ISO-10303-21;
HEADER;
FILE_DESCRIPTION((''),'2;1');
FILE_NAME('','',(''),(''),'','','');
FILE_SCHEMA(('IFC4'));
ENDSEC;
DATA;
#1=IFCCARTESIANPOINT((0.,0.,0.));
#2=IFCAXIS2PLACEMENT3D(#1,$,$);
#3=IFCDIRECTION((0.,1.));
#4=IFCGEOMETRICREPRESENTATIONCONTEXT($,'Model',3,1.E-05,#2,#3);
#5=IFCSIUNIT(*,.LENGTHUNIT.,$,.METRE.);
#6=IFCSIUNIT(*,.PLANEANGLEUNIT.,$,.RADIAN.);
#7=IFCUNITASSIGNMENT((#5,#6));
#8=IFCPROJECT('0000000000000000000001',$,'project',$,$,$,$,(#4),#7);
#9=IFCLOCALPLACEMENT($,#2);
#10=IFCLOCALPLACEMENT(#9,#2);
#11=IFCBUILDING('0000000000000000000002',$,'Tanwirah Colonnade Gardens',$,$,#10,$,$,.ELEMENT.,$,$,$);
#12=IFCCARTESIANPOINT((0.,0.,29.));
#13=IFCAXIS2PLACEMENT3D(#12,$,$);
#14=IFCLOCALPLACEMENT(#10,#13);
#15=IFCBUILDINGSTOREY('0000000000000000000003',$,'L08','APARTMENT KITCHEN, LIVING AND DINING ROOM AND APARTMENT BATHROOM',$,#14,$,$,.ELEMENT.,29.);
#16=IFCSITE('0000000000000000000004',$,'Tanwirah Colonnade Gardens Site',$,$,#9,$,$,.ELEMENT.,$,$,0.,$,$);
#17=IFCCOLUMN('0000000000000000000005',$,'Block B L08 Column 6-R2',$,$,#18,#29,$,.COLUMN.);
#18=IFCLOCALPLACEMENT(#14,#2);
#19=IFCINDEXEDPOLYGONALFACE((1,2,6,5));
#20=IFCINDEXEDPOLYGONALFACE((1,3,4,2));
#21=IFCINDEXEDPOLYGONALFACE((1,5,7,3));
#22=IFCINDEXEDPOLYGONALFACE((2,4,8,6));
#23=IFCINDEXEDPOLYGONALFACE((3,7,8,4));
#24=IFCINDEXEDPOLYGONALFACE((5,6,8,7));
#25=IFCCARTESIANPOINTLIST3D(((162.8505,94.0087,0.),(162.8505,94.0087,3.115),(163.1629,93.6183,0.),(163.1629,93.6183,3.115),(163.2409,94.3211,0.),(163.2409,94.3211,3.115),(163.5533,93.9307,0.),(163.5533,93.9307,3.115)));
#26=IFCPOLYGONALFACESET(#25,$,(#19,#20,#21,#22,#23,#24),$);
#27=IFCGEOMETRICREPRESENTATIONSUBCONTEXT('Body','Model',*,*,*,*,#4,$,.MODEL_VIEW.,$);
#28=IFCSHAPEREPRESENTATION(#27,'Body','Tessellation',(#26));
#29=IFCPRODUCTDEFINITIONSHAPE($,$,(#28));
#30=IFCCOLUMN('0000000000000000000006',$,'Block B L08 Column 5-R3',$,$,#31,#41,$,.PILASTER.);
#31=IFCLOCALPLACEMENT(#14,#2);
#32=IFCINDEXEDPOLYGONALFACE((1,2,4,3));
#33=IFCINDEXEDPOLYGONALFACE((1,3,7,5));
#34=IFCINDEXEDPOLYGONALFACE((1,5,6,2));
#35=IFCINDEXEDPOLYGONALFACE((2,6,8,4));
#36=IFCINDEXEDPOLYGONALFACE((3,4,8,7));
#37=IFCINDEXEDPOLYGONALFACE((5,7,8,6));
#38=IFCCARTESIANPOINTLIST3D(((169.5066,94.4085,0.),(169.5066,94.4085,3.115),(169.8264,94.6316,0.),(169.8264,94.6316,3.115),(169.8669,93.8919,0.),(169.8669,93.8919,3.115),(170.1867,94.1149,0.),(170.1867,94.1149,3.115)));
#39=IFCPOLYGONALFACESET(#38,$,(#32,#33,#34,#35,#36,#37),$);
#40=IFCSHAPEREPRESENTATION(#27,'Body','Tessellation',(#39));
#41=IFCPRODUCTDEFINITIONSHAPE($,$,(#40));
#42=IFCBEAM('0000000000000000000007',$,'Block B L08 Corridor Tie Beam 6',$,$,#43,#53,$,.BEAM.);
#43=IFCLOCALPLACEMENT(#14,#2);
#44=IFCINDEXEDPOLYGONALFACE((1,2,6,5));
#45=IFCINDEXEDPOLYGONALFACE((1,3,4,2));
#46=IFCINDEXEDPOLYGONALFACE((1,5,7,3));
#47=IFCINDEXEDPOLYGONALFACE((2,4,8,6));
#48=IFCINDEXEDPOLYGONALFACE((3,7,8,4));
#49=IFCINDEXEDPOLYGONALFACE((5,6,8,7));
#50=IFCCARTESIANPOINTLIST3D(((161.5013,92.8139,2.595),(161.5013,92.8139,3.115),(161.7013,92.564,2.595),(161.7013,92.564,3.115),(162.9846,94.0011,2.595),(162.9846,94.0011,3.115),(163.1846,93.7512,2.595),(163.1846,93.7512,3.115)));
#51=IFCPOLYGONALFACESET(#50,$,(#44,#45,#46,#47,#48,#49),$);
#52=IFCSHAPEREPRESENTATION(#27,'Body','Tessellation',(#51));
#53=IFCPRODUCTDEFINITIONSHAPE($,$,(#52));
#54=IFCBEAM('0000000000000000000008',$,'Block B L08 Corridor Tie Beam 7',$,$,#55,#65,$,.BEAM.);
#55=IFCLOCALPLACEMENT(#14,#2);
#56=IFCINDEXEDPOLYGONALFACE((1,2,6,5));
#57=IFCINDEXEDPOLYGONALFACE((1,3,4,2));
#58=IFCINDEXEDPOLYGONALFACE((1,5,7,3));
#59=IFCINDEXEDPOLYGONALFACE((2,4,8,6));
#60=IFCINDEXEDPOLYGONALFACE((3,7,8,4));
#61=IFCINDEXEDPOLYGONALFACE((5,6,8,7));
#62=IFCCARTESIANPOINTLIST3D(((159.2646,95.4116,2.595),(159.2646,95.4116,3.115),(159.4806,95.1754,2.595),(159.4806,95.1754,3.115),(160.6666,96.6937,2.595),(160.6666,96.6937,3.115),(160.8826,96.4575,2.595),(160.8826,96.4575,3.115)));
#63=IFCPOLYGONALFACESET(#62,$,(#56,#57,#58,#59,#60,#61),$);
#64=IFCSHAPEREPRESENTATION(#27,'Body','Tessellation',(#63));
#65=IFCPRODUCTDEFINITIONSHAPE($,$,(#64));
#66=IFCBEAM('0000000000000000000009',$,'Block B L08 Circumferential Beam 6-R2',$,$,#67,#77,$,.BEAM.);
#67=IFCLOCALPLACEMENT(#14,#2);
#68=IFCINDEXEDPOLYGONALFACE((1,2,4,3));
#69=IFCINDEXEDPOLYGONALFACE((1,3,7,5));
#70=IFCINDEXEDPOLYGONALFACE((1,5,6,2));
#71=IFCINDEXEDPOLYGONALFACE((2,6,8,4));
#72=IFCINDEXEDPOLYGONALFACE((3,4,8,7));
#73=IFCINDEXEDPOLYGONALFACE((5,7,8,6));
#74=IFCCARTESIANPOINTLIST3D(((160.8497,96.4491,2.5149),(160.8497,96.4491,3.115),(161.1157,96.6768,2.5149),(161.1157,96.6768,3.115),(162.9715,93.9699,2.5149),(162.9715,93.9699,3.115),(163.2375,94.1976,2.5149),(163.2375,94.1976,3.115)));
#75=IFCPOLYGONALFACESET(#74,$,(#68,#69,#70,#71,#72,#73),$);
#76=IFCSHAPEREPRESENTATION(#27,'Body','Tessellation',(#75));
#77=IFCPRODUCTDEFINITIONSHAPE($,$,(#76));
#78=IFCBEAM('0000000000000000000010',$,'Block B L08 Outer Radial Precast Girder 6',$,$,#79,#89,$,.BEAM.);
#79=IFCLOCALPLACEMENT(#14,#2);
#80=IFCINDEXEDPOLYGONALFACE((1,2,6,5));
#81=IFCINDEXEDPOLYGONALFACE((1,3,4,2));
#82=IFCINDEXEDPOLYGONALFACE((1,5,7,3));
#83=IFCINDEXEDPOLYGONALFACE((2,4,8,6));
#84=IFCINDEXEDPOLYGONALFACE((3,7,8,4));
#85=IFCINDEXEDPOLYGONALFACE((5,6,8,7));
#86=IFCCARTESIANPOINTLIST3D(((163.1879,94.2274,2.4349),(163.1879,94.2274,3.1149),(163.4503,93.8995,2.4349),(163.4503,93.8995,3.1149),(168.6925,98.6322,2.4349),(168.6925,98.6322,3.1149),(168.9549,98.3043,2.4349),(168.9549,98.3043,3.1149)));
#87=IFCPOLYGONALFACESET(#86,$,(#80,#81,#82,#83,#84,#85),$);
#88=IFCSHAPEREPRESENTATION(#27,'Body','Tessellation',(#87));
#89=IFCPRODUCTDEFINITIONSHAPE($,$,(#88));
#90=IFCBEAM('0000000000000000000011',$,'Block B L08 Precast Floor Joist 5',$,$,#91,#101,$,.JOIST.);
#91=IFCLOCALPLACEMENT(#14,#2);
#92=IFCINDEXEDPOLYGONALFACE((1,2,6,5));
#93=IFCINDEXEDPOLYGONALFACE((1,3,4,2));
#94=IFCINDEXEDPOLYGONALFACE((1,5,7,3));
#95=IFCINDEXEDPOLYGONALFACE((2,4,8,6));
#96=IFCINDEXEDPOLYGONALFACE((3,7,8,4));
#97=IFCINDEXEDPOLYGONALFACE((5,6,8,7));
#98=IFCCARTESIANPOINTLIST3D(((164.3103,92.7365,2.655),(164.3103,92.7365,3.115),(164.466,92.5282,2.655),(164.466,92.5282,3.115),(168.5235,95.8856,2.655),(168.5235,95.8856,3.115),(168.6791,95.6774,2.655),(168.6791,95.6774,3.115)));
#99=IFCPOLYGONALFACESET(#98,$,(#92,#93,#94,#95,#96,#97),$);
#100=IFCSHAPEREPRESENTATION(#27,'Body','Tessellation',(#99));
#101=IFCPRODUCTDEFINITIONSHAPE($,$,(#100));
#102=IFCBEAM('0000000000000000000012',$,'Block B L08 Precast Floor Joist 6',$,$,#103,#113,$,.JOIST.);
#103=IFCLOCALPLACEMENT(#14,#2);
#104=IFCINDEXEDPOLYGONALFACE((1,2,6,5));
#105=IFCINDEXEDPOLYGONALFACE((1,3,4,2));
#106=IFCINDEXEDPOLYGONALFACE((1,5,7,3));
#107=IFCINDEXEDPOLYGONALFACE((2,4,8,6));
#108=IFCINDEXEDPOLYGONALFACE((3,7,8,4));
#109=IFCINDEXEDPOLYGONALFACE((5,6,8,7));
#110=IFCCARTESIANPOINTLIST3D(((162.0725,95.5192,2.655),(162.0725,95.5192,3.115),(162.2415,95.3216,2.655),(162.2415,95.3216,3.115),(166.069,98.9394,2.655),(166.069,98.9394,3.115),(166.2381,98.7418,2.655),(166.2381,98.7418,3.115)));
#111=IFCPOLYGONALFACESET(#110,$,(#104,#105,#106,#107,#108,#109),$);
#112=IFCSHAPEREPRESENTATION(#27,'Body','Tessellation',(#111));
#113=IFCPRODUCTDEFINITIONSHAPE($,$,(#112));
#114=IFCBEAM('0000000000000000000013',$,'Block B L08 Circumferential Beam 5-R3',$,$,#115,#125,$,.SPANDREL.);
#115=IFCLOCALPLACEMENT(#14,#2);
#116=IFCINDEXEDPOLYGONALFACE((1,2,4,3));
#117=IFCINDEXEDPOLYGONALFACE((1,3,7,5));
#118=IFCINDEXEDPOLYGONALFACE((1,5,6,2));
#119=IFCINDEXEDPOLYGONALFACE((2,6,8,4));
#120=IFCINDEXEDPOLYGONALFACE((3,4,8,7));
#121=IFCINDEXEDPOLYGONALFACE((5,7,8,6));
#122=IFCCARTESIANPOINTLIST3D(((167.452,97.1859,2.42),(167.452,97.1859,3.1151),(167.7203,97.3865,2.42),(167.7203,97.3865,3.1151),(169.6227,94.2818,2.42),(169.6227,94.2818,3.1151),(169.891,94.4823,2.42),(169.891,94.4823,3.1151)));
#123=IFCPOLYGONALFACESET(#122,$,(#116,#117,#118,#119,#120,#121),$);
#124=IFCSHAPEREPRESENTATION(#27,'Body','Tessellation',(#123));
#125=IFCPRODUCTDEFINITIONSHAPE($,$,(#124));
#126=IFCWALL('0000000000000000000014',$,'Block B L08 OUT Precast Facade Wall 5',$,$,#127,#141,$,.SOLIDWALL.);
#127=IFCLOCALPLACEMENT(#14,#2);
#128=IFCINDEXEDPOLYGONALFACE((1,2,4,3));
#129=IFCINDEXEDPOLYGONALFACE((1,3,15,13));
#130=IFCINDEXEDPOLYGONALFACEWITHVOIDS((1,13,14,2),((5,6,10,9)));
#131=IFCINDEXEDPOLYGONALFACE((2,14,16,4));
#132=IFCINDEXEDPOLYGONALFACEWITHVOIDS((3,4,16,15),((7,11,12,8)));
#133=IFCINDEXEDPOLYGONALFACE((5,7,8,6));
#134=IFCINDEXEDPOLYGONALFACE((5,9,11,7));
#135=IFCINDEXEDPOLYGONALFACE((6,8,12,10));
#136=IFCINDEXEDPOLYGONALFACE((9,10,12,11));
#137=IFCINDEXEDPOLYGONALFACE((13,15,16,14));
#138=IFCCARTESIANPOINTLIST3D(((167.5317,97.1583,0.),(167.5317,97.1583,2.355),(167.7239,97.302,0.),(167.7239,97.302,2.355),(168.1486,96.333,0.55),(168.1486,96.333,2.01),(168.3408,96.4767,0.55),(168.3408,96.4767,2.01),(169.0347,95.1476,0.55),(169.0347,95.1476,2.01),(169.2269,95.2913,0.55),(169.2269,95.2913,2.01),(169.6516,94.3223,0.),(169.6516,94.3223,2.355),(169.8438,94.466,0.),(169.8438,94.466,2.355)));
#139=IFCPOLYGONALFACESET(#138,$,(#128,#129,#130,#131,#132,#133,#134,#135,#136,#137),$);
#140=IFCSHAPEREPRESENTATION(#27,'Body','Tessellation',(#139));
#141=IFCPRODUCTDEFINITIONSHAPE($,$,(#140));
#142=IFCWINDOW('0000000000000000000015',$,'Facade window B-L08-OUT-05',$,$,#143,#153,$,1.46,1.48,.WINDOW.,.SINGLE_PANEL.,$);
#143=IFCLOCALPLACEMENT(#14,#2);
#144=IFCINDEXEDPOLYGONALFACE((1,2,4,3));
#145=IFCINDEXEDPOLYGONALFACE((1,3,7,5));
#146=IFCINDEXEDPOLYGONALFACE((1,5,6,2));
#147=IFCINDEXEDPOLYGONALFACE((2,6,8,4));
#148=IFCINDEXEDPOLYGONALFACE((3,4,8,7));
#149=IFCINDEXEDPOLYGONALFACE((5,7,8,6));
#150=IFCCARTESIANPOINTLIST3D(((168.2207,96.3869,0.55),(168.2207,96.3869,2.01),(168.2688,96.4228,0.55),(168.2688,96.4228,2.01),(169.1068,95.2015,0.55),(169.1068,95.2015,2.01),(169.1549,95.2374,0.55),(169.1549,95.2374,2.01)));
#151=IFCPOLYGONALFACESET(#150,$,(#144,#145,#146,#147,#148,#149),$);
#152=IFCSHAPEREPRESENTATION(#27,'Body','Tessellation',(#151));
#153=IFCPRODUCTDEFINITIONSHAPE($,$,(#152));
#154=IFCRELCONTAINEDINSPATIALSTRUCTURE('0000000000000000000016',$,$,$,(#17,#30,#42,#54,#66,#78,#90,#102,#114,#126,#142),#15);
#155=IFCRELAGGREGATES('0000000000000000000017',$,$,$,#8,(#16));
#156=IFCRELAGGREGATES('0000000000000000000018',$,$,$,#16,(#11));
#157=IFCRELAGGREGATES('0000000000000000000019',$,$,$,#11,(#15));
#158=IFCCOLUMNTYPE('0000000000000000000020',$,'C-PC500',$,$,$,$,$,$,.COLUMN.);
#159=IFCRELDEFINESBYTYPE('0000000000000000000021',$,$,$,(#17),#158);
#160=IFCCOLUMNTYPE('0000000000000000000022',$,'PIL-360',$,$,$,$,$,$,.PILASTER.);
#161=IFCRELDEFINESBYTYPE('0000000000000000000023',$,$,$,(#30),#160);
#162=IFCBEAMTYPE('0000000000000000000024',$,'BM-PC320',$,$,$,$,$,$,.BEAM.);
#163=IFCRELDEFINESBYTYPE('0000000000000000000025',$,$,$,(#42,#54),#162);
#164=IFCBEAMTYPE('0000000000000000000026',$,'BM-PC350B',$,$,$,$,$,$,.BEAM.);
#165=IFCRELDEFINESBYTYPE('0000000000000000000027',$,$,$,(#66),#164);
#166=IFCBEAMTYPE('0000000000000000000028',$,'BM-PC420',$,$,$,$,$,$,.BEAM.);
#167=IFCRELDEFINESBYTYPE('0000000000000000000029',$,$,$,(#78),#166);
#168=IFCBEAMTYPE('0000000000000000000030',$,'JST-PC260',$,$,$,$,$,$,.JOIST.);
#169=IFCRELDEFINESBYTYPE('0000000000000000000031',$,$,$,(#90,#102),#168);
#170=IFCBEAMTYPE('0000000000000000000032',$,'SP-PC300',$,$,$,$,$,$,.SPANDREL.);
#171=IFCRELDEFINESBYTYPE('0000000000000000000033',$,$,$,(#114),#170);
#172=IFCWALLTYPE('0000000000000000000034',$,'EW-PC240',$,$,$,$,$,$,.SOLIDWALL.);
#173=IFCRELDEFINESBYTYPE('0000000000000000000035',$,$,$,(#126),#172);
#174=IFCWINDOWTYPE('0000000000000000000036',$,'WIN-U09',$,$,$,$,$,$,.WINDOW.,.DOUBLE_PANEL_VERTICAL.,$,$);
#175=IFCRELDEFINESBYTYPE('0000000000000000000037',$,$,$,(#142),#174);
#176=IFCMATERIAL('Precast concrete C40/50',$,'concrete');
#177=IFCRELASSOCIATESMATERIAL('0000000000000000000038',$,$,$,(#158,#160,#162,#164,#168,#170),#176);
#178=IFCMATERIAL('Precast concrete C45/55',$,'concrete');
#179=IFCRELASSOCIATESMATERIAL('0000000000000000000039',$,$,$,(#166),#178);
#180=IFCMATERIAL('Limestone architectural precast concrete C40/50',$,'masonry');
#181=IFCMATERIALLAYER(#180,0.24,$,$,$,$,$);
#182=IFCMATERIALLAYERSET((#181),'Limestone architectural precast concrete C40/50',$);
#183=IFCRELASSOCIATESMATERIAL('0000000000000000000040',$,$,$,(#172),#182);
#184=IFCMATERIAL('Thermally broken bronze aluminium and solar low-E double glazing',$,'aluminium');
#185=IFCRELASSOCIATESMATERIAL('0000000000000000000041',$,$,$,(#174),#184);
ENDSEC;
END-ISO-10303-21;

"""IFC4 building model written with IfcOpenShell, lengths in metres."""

from ifc_helpers import new_model, si_unit, direction, frame, frame_2d, origin, origin_2d, place, context, subcontext, project, spatial, rectangle, extrude, material, layer, layer_set, material_profile, profile_set, type_object, element, fill, save


model = new_model("IFC4")

# Units and contexts
model_context = context("Model", 3, precision=1e-05, world=origin(), true_north=direction((0.0, 1.0)))
body_context = subcontext(model_context, "Body", "Model", "MODEL_VIEW")
ifc_project = project(units=[si_unit("LENGTHUNIT", "METRE"), si_unit("PLANEANGLEUNIT", "RADIAN")], contexts=[model_context])

# Site, building, storey
site_placement = place(None, origin())
site = spatial("IfcSite", under=ifc_project, at=site_placement, Name="Tanwirah Colonnade Gardens Site", CompositionType="ELEMENT", RefElevation=0.0)
building_placement = place(site_placement, origin())
building = spatial("IfcBuilding", under=site, at=building_placement, Name="Tanwirah Colonnade Gardens", CompositionType="ELEMENT")
storey_placement = place(building_placement, frame((0.0, 0.0, 29.0)))
storey = spatial("IfcBuildingStorey", under=building, at=storey_placement, Name="L08", Description="APARTMENT KITCHEN, LIVING AND DINING ROOM AND APARTMENT BATHROOM", CompositionType="ELEMENT", Elevation=29.0)

# Columns
ifc_material_1 = material(Name="Precast concrete C40/50", Category="concrete")
ifc_material_profile_1 = material_profile(ifc_material_1, rectangle(XDim=0.5, YDim=0.5, at=origin_2d()), Name="PC-COL 500x500")
ifc_profile_set_1 = profile_set([ifc_material_profile_1], Name="Precast concrete C40/50")
column_type_1 = type_object("IfcColumnType", Name="C-PC500", PredefinedType="COLUMN", material=ifc_profile_set_1)
column_1_placement = place(storey_placement, frame((163.2019, 93.9697, 0.0), z_axis=(0.0, 0.0, 1.0), x_axis=(0.780794, 0.624789, 0.0)))
element("IfcColumn", 1, at=column_1_placement, inside=storey, type_object=column_type_1, Name="Block B L08 Column 6-R2", PredefinedType="COLUMN", context=body_context, shape_type="SweptSolid", body=[
    extrude(rectangle(XDim=0.5, YDim=0.5, at=origin_2d()), origin(), (0.0, 0.0, 1.0), 3.115),
])
ifc_material_profile_2 = material_profile(ifc_material_1, rectangle(XDim=0.3899, YDim=0.6299, at=origin_2d()), Name="PC-PIL 390x630")
ifc_profile_set_2 = profile_set([ifc_material_profile_2], Name="Precast concrete C40/50")
column_type_2 = type_object("IfcColumnType", Name="PIL-360", PredefinedType="PILASTER", material=ifc_profile_set_2)
column_2_placement = place(storey_placement, frame((169.8467, 94.2617, 0.0), z_axis=(0.0, 0.0, 1.0), x_axis=(0.820263, 0.571987, 0.0)))
element("IfcColumn", 2, at=column_2_placement, inside=storey, type_object=column_type_2, Name="Block B L08 Column 5-R3", PredefinedType="PILASTER", context=body_context, shape_type="SweptSolid", body=[
    extrude(rectangle(XDim=0.3899, YDim=0.6299, at=origin_2d()), origin(), (0.0, 0.0, 1.0), 3.115),
])

# Beams
ifc_material_profile_3 = material_profile(ifc_material_1, rectangle(XDim=0.3201, YDim=0.52, at=origin_2d()), Name="PC-BM 320x520")
ifc_profile_set_3 = profile_set([ifc_material_profile_3], Name="Precast concrete C40/50")
beam_type_1 = type_object("IfcBeamType", Name="BM-PC320", PredefinedType="BEAM", material=ifc_profile_set_3)
for number, where, z_axis, x_axis, name in (
    (3, (161.6013, 92.689, 2.855), (0.780731, 0.624867, 0.0), (-0.624867, 0.780731, 0.0), "Block B L08 Corridor Tie Beam 6"),
    (4, (159.3726, 95.2935, 2.855), (0.737948, 0.674857, 0.0), (-0.674857, 0.737948, 0.0), "Block B L08 Corridor Tie Beam 7"),
):
    element("IfcBeam", number, at=place(storey_placement, frame(where, z_axis=z_axis, x_axis=x_axis)), inside=storey, type_object=beam_type_1, Name=name, PredefinedType="BEAM", context=body_context, shape_type="SweptSolid", body=[
        extrude(rectangle(XDim=0.3201, YDim=0.52, at=origin_2d()), origin(), (0.0, 0.0, 1.0), 1.8999),
    ])
ifc_material_profile_4 = material_profile(ifc_material_1, rectangle(XDim=0.3501, YDim=0.6001, at=origin_2d()), Name="PC-BM 350x600")
ifc_profile_set_4 = profile_set([ifc_material_profile_4], Name="Precast concrete C40/50")
beam_type_2 = type_object("IfcBeamType", Name="BM-PC350B", PredefinedType="BEAM", material=ifc_profile_set_4)
beam_1_placement = place(storey_placement, frame((163.1045, 94.0837, 2.8149), z_axis=(-0.650218, 0.759748, 0.0), x_axis=(-0.759748, -0.650218, 0.0)))
element("IfcBeam", 5, at=beam_1_placement, inside=storey, type_object=beam_type_2, Name="Block B L08 Circumferential Beam 6-R2", PredefinedType="BEAM", context=body_context, shape_type="SweptSolid", body=[
    extrude(rectangle(XDim=0.3501, YDim=0.6001, at=origin_2d()), origin(), (0.0, 0.0, 1.0), 3.2632),
])
ifc_material_2 = material(Name="Precast concrete C45/55", Category="concrete")
ifc_material_profile_5 = material_profile(ifc_material_2, rectangle(XDim=0.4199, YDim=0.6799, at=origin_2d()), Name="PC-BM 420x680")
ifc_profile_set_5 = profile_set([ifc_material_profile_5], Name="Precast concrete C45/55")
beam_type_3 = type_object("IfcBeamType", Name="BM-PC420", PredefinedType="BEAM", material=ifc_profile_set_5)
beam_2_placement = place(storey_placement, frame((163.3191, 94.0635, 2.7749), z_axis=(0.780794, 0.624788, 0.0), x_axis=(-0.624788, 0.780794, 0.0)))
element("IfcBeam", 6, at=beam_2_placement, inside=storey, type_object=beam_type_3, Name="Block B L08 Outer Radial Precast Girder 6", PredefinedType="BEAM", context=body_context, shape_type="SweptSolid", body=[
    extrude(rectangle(XDim=0.4199, YDim=0.6799, at=origin_2d()), origin(), (0.0, 0.0, 1.0), 7.05),
])
ifc_material_profile_6 = material_profile(ifc_material_1, rectangle(XDim=0.26, YDim=0.46, at=origin_2d()), Name="PC-JST 260x460")
ifc_profile_set_6 = profile_set([ifc_material_profile_6], Name="Precast concrete C40/50")
beam_type_4 = type_object("IfcBeamType", Name="JST-PC260", PredefinedType="JOIST", material=ifc_profile_set_6)
beam_3_placement = place(storey_placement, frame((164.3882, 92.6323, 2.885), z_axis=(0.800974, 0.5987, 0.0), x_axis=(-0.5987, 0.800974, 0.0)))
element("IfcBeam", 7, at=beam_3_placement, inside=storey, type_object=beam_type_4, Name="Block B L08 Precast Floor Joist 5", PredefinedType="JOIST", context=body_context, shape_type="SweptSolid", body=[
    extrude(rectangle(XDim=0.26, YDim=0.46, at=origin_2d()), origin(), (0.0, 0.0, 1.0), 5.26),
])
beam_4_placement = place(storey_placement, frame((162.157, 95.4204, 2.885), z_axis=(0.759771, 0.650191, 0.0), x_axis=(-0.650191, 0.759771, 0.0)))
element("IfcBeam", 8, at=beam_4_placement, inside=storey, type_object=beam_type_4, Name="Block B L08 Precast Floor Joist 6", PredefinedType="JOIST", context=body_context, shape_type="SweptSolid", body=[
    extrude(rectangle(XDim=0.26, YDim=0.46, at=origin_2d()), origin(), (0.0, 0.0, 1.0), 5.2603),
])
ifc_material_profile_7 = material_profile(ifc_material_1, rectangle(XDim=0.335, YDim=0.6951, at=origin_2d()), Name="PC-SP 335x695")
ifc_profile_set_7 = profile_set([ifc_material_profile_7], Name="Precast concrete C40/50")
beam_type_5 = type_object("IfcBeamType", Name="SP-PC300", PredefinedType="SPANDREL", material=ifc_profile_set_7)
beam_5_placement = place(storey_placement, frame((169.7568, 94.3821, 2.7676), z_axis=(-0.598696, 0.800977, 0.0), x_axis=(-0.800977, -0.598696, 0.0)))
element("IfcBeam", 9, at=beam_5_placement, inside=storey, type_object=beam_type_5, Name="Block B L08 Circumferential Beam 5-R3", PredefinedType="SPANDREL", context=body_context, shape_type="SweptSolid", body=[
    extrude(rectangle(XDim=0.335, YDim=0.6951, at=origin_2d()), origin(), (0.0, 0.0, 1.0), 3.6257),
])

# Wall, opening, window
ifc_material_3 = material(Name="Limestone architectural precast concrete C40/50", Category="masonry")
ifc_layer_1 = layer(ifc_material_3, 0.24)
ifc_layer_set_1 = layer_set([ifc_layer_1], Name="Limestone architectural precast concrete C40/50")
wall_type_1 = type_object("IfcWallType", Name="EW-PC240", PredefinedType="SOLIDWALL", material=ifc_layer_set_1)
wall_1_placement = place(storey_placement, frame((169.7478, 94.394, 0.0), z_axis=(0.0, 0.0, 1.0), x_axis=(-0.598719, 0.800959, 0.0)))
wall_1 = element("IfcWall", 10, at=wall_1_placement, inside=storey, type_object=wall_type_1, Name="Block B L08 OUT Precast Facade Wall 5", PredefinedType="SOLIDWALL", context=body_context, shape_type="SweptSolid", body=[
    extrude(rectangle(XDim=3.5408, YDim=0.24, at=frame_2d((1.7705, 0.0))), origin(), (0.0, 0.0, 1.0), 2.355),
])
opening_1_placement = place(wall_1_placement, frame((1.0305, 0.0, 0.55)))
opening_1 = element("IfcOpeningElement", 11, at=opening_1_placement, cuts=wall_1, PredefinedType="OPENING", context=body_context, shape_type="SweptSolid", body=[
    extrude(rectangle(XDim=1.48, YDim=1.46, at=frame_2d((0.74, 0.73))), frame((0.0, 0.1299, 0.0), z_axis=(0.0, -1.0, 0.0), x_axis=(1.0, 0.0, 0.0)), (0.0, 0.0, 1.0), 0.26),
])
ifc_material_4 = material(Name="Thermally broken bronze aluminium and solar low-E double glazing", Category="aluminium")
window_type = type_object("IfcWindowType", Name="WIN-U09", PartitioningType="DOUBLE_PANEL_VERTICAL", PredefinedType="WINDOW", material=ifc_material_4)
window_placement = place(opening_1_placement, origin())
window = element("IfcWindow", 12, at=window_placement, inside=storey, type_object=window_type, Name="Facade window B-L08-OUT-05", OverallHeight=1.46, OverallWidth=1.48, PartitioningType="SINGLE_PANEL", PredefinedType="WINDOW", context=body_context, shape_type="SweptSolid", body=[
    extrude(rectangle(XDim=1.48, YDim=1.46, at=frame_2d((0.74, 0.73))), frame((0.0, 0.03, 0.0), z_axis=(0.0, -1.0, 0.0), x_axis=(1.0, 0.0, 0.0)), (0.0, 0.0, 1.0), 0.0601),
])
fill(opening_1, window)

save(model, "model.ifc")
